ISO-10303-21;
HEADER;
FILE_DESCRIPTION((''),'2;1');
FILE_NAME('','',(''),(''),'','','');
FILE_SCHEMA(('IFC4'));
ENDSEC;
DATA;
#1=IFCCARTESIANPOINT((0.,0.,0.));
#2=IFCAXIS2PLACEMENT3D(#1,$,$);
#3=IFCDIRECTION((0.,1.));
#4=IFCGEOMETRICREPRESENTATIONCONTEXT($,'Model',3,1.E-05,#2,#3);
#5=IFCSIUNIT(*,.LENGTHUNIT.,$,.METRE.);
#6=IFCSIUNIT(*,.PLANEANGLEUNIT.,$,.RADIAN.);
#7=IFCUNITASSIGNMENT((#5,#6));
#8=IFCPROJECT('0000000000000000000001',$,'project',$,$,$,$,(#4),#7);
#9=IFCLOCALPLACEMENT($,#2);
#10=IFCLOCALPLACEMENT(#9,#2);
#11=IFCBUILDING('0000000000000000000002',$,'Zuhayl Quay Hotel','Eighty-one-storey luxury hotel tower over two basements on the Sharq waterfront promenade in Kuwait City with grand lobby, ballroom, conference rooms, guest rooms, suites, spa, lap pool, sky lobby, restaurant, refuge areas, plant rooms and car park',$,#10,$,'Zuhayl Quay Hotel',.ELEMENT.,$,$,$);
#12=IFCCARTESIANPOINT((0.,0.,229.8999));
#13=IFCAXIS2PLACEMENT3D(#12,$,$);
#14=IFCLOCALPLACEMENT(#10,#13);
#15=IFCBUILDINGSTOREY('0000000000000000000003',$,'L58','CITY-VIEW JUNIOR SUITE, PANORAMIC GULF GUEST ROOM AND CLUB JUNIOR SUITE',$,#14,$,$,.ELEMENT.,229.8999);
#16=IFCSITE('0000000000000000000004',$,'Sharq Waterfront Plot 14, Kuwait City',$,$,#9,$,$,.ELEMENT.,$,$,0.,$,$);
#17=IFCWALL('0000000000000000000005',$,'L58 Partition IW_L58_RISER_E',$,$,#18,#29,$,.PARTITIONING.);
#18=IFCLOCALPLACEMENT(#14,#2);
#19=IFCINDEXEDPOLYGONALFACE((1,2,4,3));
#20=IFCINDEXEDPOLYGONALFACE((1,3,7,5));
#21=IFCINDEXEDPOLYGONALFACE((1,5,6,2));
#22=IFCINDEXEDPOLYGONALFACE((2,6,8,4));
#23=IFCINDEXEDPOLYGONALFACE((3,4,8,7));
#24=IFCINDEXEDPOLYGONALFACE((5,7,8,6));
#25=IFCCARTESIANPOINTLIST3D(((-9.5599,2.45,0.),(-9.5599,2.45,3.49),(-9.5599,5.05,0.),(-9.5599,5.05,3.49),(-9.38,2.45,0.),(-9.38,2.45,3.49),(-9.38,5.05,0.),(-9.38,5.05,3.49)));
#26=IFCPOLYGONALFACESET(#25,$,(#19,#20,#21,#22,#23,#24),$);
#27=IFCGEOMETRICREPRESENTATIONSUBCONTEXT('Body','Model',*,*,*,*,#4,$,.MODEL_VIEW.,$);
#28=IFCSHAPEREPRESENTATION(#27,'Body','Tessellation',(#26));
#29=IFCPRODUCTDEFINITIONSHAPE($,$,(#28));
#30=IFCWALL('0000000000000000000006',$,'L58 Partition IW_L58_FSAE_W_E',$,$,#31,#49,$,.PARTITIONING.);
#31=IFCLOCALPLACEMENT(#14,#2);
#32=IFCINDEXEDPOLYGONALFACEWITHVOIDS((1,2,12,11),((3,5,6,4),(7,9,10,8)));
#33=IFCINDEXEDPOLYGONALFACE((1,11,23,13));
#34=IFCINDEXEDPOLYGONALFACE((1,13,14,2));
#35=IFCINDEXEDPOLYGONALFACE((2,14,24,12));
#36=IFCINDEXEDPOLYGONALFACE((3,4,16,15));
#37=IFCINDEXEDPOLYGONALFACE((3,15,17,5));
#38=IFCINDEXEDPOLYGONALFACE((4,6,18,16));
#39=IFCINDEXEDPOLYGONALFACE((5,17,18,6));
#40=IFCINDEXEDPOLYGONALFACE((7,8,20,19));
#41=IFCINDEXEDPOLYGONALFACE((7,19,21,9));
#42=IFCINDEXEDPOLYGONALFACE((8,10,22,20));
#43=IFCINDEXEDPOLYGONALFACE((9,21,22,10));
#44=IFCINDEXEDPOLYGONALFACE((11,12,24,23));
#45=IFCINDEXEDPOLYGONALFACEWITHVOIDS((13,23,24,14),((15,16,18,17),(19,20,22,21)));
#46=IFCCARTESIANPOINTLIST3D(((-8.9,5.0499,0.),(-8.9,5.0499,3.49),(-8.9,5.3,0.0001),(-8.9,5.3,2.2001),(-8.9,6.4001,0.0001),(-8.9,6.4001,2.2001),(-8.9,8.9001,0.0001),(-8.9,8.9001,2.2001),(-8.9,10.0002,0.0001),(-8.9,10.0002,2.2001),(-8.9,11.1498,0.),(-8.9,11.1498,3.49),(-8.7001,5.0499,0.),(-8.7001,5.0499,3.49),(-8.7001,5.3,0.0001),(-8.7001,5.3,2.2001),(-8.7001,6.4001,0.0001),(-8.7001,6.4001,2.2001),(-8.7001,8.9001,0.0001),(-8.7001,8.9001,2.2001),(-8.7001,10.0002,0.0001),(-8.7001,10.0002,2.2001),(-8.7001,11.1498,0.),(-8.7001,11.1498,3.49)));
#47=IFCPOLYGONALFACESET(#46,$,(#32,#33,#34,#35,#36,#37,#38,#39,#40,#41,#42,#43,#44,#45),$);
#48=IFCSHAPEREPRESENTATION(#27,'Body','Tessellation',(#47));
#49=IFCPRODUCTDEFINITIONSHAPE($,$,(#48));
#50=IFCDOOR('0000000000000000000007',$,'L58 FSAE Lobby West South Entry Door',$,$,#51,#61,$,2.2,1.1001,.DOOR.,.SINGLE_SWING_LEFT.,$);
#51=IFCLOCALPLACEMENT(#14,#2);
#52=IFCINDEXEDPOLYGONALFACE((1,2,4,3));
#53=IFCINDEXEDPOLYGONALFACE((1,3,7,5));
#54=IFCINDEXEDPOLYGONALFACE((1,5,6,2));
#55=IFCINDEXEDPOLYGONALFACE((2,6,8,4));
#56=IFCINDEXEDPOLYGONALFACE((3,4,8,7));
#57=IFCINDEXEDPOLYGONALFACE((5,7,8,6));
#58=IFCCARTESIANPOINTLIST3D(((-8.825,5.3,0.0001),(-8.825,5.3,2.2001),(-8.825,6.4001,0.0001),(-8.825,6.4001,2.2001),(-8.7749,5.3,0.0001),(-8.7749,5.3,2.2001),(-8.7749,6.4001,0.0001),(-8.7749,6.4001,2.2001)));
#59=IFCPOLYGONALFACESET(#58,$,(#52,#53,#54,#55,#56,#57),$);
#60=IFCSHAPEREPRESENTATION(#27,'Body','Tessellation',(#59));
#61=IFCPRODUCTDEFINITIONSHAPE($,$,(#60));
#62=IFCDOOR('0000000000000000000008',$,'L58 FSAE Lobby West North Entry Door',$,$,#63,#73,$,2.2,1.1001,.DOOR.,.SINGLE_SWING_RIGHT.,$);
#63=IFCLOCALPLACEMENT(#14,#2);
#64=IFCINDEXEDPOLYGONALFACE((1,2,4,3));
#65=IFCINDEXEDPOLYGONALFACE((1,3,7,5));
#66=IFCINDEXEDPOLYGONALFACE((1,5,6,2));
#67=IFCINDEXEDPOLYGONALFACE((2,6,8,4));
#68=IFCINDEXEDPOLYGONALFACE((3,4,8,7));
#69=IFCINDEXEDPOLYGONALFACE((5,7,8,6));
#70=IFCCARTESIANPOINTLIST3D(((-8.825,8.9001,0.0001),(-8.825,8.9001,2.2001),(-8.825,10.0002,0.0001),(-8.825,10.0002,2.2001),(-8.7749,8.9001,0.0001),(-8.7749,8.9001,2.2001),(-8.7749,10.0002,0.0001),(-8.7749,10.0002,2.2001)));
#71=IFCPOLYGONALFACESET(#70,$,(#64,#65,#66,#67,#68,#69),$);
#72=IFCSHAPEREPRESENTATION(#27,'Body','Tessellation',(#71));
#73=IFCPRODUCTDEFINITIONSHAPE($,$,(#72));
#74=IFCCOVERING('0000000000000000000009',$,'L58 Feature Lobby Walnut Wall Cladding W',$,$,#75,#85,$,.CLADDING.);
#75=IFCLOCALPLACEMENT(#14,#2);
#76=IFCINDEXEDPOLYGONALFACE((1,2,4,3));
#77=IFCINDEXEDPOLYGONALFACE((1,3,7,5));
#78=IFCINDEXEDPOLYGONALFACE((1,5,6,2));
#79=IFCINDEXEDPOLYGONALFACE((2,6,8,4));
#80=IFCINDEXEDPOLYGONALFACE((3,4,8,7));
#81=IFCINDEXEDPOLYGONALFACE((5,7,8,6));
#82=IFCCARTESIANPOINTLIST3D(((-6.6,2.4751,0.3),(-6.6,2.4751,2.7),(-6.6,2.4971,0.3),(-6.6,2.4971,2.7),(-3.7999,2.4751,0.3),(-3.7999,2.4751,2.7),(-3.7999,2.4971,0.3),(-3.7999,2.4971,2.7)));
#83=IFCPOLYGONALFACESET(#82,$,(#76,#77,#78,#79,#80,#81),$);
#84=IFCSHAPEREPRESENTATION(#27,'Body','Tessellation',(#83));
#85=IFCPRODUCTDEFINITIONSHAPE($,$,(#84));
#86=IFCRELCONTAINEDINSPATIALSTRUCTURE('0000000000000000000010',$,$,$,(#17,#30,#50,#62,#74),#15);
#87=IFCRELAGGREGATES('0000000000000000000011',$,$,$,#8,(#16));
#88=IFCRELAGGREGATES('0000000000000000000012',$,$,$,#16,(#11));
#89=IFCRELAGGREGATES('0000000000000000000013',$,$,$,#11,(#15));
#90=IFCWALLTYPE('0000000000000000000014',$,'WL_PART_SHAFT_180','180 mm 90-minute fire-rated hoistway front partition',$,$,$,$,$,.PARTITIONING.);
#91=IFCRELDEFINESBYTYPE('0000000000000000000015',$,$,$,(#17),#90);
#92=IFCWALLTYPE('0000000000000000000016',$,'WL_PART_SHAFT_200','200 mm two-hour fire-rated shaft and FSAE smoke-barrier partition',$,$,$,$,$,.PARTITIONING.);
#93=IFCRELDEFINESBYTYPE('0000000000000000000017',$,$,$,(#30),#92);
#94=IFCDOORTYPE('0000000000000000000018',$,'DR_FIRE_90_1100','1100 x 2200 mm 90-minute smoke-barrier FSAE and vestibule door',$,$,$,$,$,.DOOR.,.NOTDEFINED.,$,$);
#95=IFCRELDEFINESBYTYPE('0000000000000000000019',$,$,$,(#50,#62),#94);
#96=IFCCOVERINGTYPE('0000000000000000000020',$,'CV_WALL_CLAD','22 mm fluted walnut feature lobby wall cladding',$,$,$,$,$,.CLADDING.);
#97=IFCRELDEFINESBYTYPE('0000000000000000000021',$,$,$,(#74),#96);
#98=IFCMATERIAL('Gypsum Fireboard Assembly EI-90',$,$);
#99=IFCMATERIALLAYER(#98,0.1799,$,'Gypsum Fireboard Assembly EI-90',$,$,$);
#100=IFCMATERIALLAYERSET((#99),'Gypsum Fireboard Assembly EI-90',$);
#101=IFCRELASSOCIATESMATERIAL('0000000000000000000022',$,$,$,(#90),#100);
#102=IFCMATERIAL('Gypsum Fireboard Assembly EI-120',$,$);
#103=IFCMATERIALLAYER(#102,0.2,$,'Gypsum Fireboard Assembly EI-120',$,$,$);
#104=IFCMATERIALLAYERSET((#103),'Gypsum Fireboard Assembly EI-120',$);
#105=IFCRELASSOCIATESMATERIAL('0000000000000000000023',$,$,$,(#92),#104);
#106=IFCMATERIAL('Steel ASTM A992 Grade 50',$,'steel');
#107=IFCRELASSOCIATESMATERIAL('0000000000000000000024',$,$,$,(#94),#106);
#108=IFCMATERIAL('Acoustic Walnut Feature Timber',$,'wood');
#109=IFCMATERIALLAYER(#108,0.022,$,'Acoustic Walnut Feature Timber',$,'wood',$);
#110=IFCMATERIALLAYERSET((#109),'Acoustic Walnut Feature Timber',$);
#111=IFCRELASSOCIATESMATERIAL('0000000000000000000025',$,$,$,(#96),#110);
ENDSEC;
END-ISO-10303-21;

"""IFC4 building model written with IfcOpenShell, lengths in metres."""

from ifc_helpers import new_model, si_unit, direction, frame, frame_2d, origin, origin_2d, place, context, subcontext, project, spatial, rectangle, extrude, material, layer, layer_set, type_object, element, fill, save


model = new_model("IFC4")

# Units and contexts
model_context = context("Model", 3, precision=1e-05, world=origin(), true_north=direction((0.0, 1.0)))
body_context = subcontext(model_context, "Body", "Model", "MODEL_VIEW")
ifc_project = project(units=[si_unit("LENGTHUNIT", "METRE"), si_unit("PLANEANGLEUNIT", "RADIAN")], contexts=[model_context])

# Site, building, storey
site_placement = place(None, origin())
site = spatial("IfcSite", under=ifc_project, at=site_placement, Name="Sharq Waterfront Plot 14, Kuwait City", CompositionType="ELEMENT", RefElevation=0.0)
building_placement = place(site_placement, origin())
building = spatial("IfcBuilding", under=site, at=building_placement, Name="Zuhayl Quay Hotel", Description="Eighty-one-storey luxury hotel tower over two basements on the Sharq waterfront promenade in Kuwait City with grand lobby, ballroom, conference rooms, guest rooms, suites, spa, lap pool, sky lobby, restaurant, refuge areas, plant rooms and car park", LongName="Zuhayl Quay Hotel", CompositionType="ELEMENT")
storey_placement = place(building_placement, frame((0.0, 0.0, 229.8999)))
storey = spatial("IfcBuildingStorey", under=building, at=storey_placement, Name="L58", Description="CITY-VIEW JUNIOR SUITE, PANORAMIC GULF GUEST ROOM AND CLUB JUNIOR SUITE", CompositionType="ELEMENT", Elevation=229.8999)

# Shared definitions
ifc_material_1 = material(Name="Steel ASTM A992 Grade 50", Category="steel")

# Wall
ifc_material_2 = material(Name="Gypsum Fireboard Assembly EI-90")
ifc_layer_1 = layer(ifc_material_2, 0.1799, Name="Gypsum Fireboard Assembly EI-90")
ifc_layer_set_1 = layer_set([ifc_layer_1], Name="Gypsum Fireboard Assembly EI-90")
wall_type_1 = type_object("IfcWallType", Name="WL_PART_SHAFT_180", Description="180 mm 90-minute fire-rated hoistway front partition", PredefinedType="PARTITIONING", material=ifc_layer_set_1)
wall_1_placement = place(storey_placement, frame((-9.47, 2.45, 0.0), z_axis=(0.0, 0.0, 1.0), x_axis=(0.0, 1.0, 0.0)))
element("IfcWall", 1, at=wall_1_placement, inside=storey, type_object=wall_type_1, Name="L58 Partition IW_L58_RISER_E", PredefinedType="PARTITIONING", context=body_context, shape_type="SweptSolid", body=[
    extrude(rectangle(XDim=2.6001, YDim=0.1799, at=frame_2d((1.3, 0.0))), origin(), (0.0, 0.0, 1.0), 3.49),
])

# Wall, openings, doors
ifc_material_3 = material(Name="Gypsum Fireboard Assembly EI-120")
ifc_layer_2 = layer(ifc_material_3, 0.2, Name="Gypsum Fireboard Assembly EI-120")
ifc_layer_set_2 = layer_set([ifc_layer_2], Name="Gypsum Fireboard Assembly EI-120")
wall_type_2 = type_object("IfcWallType", Name="WL_PART_SHAFT_200", Description="200 mm two-hour fire-rated shaft and FSAE smoke-barrier partition", PredefinedType="PARTITIONING", material=ifc_layer_set_2)
wall_2_placement = place(storey_placement, frame((-8.8, 5.05, 0.0), z_axis=(0.0, 0.0, 1.0), x_axis=(0.0, 1.0, 0.0)))
wall_2 = element("IfcWall", 2, at=wall_2_placement, inside=storey, type_object=wall_type_2, Name="L58 Partition IW_L58_FSAE_W_E", PredefinedType="PARTITIONING", context=body_context, shape_type="SweptSolid", body=[
    extrude(rectangle(XDim=6.0999, YDim=0.2, at=frame_2d((3.0498, 0.0))), origin(), (0.0, 0.0, 1.0), 3.49),
])
opening_1_placement = place(wall_2_placement, frame((0.25, 0.0, 0.0)))
opening_1 = element("IfcOpeningElement", 3, at=opening_1_placement, cuts=wall_2, PredefinedType="OPENING", context=body_context, shape_type="SweptSolid", body=[
    extrude(rectangle(XDim=1.1001, YDim=2.2, at=frame_2d((0.55, 1.1001))), frame((0.0, 0.1099, 0.0), z_axis=(0.0, -1.0, 0.0), x_axis=(1.0, 0.0, 0.0)), (0.0, 0.0, 1.0), 0.22),
])
opening_2_placement = place(wall_2_placement, frame((3.8501, 0.0, 0.0)))
opening_2 = element("IfcOpeningElement", 4, at=opening_2_placement, cuts=wall_2, PredefinedType="OPENING", context=body_context, shape_type="SweptSolid", body=[
    extrude(rectangle(XDim=1.1001, YDim=2.2, at=frame_2d((0.55, 1.1001))), frame((0.0, 0.1099, 0.0), z_axis=(0.0, -1.0, 0.0), x_axis=(1.0, 0.0, 0.0)), (0.0, 0.0, 1.0), 0.22),
])
door_type_1 = type_object("IfcDoorType", Name="DR_FIRE_90_1100", Description="1100 x 2200 mm 90-minute smoke-barrier FSAE and vestibule door", OperationType="NOTDEFINED", PredefinedType="DOOR", material=ifc_material_1)
door_1_placement = place(opening_1_placement, origin())
door_1 = element("IfcDoor", 5, at=door_1_placement, inside=storey, type_object=door_type_1, Name="L58 FSAE Lobby West South Entry Door", OperationType="SINGLE_SWING_LEFT", OverallHeight=2.2, OverallWidth=1.1001, PredefinedType="DOOR", context=body_context, shape_type="SweptSolid", body=[
    extrude(rectangle(XDim=1.1001, YDim=2.2, at=frame_2d((0.55, 1.1001))), frame((0.0, 0.0249, 0.0), z_axis=(0.0, -1.0, 0.0), x_axis=(1.0, 0.0, 0.0)), (0.0, 0.0, 1.0), 0.05),
])
fill(opening_1, door_1)
door_2_placement = place(opening_2_placement, origin())
door_2 = element("IfcDoor", 6, at=door_2_placement, inside=storey, type_object=door_type_1, Name="L58 FSAE Lobby West North Entry Door", OperationType="SINGLE_SWING_RIGHT", OverallHeight=2.2, OverallWidth=1.1001, PredefinedType="DOOR", context=body_context, shape_type="SweptSolid", body=[
    extrude(rectangle(XDim=1.1001, YDim=2.2, at=frame_2d((0.55, 1.1001))), frame((0.0, 0.0249, 0.0), z_axis=(0.0, -1.0, 0.0), x_axis=(1.0, 0.0, 0.0)), (0.0, 0.0, 1.0), 0.05),
])
fill(opening_2, door_2)

# Covering
ifc_material_4 = material(Name="Acoustic Walnut Feature Timber", Category="wood")
ifc_layer_3 = layer(ifc_material_4, 0.022, Name="Acoustic Walnut Feature Timber", Category="wood")
ifc_layer_set_3 = layer_set([ifc_layer_3], Name="Acoustic Walnut Feature Timber")
covering_type = type_object("IfcCoveringType", Name="CV_WALL_CLAD", Description="22 mm fluted walnut feature lobby wall cladding", PredefinedType="CLADDING", material=ifc_layer_set_3)
covering_placement = place(storey_placement, frame((-5.2, 2.4861, 0.3), z_axis=(0.0, 0.0, 1.0), x_axis=(1.0, 0.0, 0.0)))
element("IfcCovering", 7, at=covering_placement, inside=storey, type_object=covering_type, Name="L58 Feature Lobby Walnut Wall Cladding W", PredefinedType="CLADDING", context=body_context, shape_type="SweptSolid", body=[
    extrude(rectangle(XDim=2.8, YDim=0.022, at=origin_2d()), origin(), (0.0, 0.0, 1.0), 2.3999),
])

save(model, "model.ifc")
